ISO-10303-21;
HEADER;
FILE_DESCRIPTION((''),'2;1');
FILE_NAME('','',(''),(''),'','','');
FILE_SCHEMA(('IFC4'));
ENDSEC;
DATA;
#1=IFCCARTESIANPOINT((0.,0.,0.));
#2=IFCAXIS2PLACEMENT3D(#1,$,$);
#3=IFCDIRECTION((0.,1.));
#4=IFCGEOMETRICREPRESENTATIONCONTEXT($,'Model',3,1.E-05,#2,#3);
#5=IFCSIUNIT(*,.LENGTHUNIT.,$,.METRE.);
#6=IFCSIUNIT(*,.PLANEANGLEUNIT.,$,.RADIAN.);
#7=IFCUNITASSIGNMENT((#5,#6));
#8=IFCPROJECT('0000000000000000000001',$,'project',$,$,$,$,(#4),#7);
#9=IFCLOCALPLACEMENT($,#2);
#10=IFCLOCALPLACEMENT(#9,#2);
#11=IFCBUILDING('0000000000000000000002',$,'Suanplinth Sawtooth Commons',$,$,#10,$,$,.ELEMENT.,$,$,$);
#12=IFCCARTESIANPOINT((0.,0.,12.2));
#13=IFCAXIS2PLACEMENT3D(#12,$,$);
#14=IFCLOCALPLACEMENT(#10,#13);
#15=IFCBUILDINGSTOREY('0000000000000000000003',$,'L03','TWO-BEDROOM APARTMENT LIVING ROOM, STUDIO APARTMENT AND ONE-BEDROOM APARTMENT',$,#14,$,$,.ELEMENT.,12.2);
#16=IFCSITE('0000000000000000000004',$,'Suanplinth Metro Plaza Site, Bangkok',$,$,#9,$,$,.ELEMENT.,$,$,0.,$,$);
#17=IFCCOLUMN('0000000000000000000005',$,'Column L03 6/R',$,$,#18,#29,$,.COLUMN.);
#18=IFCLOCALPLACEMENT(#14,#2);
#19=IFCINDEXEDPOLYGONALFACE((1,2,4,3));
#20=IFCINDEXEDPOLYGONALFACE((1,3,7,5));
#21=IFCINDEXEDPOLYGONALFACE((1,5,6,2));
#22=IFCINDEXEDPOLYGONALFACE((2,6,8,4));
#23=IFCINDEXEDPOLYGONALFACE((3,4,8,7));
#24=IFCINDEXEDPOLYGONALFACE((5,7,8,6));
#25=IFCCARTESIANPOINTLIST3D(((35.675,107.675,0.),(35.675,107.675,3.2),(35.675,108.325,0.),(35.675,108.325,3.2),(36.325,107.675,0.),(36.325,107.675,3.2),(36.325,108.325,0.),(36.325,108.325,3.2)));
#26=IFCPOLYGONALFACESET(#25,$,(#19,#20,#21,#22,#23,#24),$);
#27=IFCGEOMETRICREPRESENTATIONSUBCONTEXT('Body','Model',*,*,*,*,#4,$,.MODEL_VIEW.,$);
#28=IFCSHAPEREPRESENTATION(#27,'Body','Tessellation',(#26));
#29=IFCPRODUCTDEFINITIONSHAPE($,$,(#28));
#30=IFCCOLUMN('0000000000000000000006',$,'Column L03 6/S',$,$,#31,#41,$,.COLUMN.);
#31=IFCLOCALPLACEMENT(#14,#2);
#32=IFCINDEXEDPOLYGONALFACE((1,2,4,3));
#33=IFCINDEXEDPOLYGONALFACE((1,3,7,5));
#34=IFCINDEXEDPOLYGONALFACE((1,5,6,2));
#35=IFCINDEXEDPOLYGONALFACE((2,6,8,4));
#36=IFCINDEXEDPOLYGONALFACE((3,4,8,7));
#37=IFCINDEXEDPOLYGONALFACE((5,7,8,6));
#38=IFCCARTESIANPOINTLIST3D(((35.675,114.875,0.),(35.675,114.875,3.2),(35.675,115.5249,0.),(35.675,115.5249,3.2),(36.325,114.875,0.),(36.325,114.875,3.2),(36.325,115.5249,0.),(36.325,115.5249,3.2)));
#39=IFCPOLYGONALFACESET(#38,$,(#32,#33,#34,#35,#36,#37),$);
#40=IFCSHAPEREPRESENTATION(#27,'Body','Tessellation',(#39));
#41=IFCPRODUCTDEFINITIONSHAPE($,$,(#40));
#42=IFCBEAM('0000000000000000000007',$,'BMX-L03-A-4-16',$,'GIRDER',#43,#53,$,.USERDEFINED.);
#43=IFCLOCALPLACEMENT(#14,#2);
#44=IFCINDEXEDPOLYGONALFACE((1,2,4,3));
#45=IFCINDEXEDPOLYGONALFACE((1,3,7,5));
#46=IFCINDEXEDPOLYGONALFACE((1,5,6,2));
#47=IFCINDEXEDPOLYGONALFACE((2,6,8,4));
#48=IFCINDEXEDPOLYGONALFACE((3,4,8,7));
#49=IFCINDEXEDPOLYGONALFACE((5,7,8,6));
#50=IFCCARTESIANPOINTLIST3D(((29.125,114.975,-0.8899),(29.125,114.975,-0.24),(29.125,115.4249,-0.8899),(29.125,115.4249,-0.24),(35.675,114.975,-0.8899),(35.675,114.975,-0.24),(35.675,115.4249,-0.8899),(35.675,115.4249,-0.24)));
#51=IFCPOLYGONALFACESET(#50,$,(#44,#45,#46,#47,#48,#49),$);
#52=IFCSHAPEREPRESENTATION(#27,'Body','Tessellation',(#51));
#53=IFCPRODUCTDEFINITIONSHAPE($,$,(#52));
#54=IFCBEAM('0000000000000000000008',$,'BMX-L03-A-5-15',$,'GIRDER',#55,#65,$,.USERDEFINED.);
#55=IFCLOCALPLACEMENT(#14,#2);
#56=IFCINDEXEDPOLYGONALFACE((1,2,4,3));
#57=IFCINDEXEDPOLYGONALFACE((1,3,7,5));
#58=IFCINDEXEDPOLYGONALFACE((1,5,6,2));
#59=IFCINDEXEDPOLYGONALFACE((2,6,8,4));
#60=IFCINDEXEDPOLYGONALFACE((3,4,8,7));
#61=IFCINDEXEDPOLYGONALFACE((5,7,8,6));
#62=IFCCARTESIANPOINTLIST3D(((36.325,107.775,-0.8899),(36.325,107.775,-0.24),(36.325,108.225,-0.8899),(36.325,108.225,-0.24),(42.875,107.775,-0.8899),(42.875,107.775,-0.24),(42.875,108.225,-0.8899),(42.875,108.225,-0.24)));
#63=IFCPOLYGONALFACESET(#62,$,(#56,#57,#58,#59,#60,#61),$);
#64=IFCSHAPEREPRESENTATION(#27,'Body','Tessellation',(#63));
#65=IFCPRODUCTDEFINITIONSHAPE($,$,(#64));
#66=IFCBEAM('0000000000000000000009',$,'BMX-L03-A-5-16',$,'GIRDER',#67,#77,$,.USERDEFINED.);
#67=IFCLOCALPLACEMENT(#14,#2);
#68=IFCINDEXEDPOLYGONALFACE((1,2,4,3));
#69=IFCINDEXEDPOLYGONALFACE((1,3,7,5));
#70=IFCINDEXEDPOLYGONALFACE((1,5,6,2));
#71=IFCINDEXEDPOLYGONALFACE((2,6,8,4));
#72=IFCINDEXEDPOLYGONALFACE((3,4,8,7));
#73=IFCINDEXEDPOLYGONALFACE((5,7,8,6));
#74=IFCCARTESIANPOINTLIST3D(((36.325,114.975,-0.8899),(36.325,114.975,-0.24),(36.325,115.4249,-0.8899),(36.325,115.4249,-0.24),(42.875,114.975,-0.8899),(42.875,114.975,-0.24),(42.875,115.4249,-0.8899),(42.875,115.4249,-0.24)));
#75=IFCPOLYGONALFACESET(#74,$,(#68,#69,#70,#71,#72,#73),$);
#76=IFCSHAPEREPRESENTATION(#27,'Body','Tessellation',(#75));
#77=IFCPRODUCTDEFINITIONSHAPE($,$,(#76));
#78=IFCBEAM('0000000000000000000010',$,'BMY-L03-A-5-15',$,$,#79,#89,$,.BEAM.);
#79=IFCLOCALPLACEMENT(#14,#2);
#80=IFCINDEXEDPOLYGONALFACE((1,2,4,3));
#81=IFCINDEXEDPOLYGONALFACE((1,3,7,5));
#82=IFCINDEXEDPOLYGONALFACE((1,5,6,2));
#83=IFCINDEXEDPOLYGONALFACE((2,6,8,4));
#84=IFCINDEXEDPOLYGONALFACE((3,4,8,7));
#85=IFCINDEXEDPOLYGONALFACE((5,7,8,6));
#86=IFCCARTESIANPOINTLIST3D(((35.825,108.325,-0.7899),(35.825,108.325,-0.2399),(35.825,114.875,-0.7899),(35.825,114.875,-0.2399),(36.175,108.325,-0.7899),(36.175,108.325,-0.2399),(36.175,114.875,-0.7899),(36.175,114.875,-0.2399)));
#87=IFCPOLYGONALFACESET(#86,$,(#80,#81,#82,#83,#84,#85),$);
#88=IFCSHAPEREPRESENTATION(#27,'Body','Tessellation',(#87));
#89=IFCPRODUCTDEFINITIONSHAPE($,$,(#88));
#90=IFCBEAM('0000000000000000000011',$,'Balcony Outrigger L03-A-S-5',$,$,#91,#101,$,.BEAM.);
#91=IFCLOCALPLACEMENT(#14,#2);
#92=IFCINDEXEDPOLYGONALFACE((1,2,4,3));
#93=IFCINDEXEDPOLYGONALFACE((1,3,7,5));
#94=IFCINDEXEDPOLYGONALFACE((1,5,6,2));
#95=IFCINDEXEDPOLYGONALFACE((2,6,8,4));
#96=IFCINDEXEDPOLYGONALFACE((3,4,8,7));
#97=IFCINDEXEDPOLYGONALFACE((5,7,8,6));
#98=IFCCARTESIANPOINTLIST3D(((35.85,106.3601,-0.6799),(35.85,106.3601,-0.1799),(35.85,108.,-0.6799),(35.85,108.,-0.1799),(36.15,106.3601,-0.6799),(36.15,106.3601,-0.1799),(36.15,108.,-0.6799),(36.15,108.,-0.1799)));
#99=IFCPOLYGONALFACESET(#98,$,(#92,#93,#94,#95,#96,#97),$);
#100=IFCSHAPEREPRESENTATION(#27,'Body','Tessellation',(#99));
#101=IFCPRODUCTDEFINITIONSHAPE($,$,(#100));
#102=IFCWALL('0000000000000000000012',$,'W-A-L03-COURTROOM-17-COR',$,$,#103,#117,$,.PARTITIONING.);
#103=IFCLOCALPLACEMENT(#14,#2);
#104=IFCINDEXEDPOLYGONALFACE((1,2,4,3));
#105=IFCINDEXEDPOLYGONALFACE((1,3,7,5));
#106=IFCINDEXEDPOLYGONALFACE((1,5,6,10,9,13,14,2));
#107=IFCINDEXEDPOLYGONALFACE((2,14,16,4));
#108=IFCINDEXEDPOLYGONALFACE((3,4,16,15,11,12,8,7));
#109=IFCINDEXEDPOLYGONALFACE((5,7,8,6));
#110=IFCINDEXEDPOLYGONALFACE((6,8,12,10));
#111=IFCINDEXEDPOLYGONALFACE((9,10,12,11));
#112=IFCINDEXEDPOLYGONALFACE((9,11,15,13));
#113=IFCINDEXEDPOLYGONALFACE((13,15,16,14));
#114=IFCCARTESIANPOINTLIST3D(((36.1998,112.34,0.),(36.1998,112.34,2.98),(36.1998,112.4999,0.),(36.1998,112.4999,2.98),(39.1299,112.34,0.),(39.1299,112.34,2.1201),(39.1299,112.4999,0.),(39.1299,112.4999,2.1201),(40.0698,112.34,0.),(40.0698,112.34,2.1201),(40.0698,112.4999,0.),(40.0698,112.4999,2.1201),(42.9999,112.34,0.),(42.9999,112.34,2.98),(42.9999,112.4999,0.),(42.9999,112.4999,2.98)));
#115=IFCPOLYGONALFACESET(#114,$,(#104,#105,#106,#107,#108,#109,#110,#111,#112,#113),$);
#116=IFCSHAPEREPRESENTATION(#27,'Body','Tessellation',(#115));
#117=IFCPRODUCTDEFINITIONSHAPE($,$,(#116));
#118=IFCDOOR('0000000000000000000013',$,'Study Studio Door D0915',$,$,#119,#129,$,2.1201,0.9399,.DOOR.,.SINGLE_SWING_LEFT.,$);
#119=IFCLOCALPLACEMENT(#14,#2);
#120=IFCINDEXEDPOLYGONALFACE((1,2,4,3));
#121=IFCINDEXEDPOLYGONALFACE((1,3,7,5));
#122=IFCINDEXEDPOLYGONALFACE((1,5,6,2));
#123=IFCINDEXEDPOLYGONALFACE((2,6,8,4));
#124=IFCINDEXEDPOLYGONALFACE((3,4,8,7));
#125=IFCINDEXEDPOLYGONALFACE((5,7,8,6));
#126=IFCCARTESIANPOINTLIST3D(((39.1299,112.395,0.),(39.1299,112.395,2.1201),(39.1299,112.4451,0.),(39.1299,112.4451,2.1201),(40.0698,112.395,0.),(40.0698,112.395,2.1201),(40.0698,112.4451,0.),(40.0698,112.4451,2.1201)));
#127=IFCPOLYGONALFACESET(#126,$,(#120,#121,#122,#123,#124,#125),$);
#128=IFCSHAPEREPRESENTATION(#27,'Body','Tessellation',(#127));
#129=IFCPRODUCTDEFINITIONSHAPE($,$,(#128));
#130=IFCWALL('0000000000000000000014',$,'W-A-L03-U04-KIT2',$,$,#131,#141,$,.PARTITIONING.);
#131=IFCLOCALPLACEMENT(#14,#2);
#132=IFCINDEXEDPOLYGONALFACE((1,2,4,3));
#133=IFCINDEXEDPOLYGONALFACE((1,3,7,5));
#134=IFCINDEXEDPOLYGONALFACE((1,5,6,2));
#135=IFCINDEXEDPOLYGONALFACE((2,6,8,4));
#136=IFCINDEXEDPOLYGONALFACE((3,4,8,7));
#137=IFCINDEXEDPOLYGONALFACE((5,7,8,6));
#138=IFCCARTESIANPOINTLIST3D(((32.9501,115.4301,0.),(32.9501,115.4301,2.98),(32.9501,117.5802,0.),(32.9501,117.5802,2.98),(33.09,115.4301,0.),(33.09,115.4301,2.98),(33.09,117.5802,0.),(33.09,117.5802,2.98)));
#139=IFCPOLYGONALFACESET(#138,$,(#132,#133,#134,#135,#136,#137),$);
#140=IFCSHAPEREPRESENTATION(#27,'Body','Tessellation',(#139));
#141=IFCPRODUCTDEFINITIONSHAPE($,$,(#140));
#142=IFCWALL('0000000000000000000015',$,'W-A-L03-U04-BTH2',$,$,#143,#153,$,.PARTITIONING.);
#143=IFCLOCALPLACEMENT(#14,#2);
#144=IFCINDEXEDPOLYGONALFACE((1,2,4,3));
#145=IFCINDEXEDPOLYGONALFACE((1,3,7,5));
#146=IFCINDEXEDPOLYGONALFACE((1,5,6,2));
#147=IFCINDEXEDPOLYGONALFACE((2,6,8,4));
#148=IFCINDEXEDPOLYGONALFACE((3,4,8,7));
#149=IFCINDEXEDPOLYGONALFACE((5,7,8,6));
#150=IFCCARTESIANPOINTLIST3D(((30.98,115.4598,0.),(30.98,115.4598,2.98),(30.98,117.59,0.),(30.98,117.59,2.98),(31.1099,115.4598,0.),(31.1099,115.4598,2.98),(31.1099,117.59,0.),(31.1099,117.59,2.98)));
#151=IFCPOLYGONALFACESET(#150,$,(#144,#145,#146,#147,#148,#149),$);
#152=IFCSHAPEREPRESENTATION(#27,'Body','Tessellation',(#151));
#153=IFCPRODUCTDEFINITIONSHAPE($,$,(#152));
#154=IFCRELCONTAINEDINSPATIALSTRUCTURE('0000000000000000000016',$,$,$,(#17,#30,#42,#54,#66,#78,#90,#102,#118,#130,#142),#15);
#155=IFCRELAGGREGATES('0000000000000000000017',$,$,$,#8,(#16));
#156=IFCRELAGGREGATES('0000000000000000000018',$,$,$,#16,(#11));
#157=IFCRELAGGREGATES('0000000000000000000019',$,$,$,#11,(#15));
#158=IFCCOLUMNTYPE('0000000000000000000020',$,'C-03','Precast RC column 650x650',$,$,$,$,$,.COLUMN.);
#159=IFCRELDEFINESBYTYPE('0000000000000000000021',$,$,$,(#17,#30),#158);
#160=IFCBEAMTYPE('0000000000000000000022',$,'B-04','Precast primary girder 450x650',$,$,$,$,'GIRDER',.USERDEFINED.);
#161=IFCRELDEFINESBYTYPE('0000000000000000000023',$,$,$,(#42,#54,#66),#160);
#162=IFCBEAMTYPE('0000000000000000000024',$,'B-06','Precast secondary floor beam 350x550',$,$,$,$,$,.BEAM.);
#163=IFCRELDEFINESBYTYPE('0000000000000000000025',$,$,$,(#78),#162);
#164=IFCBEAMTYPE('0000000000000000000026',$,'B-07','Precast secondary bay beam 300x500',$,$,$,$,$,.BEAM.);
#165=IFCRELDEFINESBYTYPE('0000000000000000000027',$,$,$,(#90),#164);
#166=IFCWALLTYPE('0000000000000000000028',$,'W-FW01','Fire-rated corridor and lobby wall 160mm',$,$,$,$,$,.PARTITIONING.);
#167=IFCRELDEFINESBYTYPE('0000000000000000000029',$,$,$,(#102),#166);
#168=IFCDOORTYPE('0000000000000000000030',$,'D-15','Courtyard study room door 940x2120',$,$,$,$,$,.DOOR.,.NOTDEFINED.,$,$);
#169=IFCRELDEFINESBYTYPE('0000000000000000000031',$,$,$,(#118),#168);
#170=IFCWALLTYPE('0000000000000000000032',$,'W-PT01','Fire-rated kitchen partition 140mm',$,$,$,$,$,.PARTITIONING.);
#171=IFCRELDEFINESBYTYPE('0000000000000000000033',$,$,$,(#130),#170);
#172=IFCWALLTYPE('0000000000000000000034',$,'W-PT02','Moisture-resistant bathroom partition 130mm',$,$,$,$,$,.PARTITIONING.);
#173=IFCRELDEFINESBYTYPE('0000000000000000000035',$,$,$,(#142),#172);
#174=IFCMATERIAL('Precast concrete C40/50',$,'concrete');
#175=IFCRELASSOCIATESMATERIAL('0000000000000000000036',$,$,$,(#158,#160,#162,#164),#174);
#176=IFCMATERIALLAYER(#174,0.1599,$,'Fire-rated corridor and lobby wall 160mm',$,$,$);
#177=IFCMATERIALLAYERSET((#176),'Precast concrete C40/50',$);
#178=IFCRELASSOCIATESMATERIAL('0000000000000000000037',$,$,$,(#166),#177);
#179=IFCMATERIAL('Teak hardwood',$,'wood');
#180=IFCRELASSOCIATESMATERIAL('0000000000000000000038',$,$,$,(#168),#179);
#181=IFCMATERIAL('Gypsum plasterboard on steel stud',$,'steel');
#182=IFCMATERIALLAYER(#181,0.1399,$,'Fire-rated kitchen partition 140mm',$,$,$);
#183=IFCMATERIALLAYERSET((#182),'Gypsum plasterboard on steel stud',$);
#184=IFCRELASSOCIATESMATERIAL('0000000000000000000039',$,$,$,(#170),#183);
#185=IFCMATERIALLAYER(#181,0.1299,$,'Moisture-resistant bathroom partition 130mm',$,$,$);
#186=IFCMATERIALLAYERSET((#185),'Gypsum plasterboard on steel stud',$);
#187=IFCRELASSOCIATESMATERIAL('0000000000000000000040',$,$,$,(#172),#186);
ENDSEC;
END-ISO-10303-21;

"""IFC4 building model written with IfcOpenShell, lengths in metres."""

from ifc_helpers import new_model, si_unit, direction, frame, frame_2d, origin, origin_2d, place, context, subcontext, project, spatial, rectangle, extrude, material, layer, layer_set, material_profile, profile_set, type_object, element, fill, save


model = new_model("IFC4")

# Units and contexts
model_context = context("Model", 3, precision=1e-05, world=origin(), true_north=direction((0.0, 1.0)))
body_context = subcontext(model_context, "Body", "Model", "MODEL_VIEW")
ifc_project = project(units=[si_unit("LENGTHUNIT", "METRE"), si_unit("PLANEANGLEUNIT", "RADIAN")], contexts=[model_context])

# Site, building, storey
site_placement = place(None, origin())
site = spatial("IfcSite", under=ifc_project, at=site_placement, Name="Suanplinth Metro Plaza Site, Bangkok", CompositionType="ELEMENT", RefElevation=0.0)
building_placement = place(site_placement, origin())
building = spatial("IfcBuilding", under=site, at=building_placement, Name="Suanplinth Sawtooth Commons", CompositionType="ELEMENT")
storey_placement = place(building_placement, frame((0.0, 0.0, 12.2)))
storey = spatial("IfcBuildingStorey", under=building, at=storey_placement, Name="L03", Description="TWO-BEDROOM APARTMENT LIVING ROOM, STUDIO APARTMENT AND ONE-BEDROOM APARTMENT", CompositionType="ELEMENT", Elevation=12.2)

# Columns
ifc_material_1 = material(Name="Precast concrete C40/50", Category="concrete")
ifc_material_profile_1 = material_profile(ifc_material_1, rectangle(XDim=0.6499, YDim=0.6499, at=origin_2d()), Name="PC-COL 650x650")
ifc_profile_set_1 = profile_set([ifc_material_profile_1], Name="Precast concrete C40/50")
column_type = type_object("IfcColumnType", Name="C-03", Description="Precast RC column 650x650", PredefinedType="COLUMN", material=ifc_profile_set_1)
for number, where, z_axis, x_axis, name in (
    (1, (36.0, 108.0, 0.0), (0.0, 0.0, 1.0), (1.0, 0.0, 0.0), "Column L03 6/R"),
    (2, (36.0, 115.2, 0.0), (0.0, 0.0, 1.0), (1.0, 0.0, 0.0), "Column L03 6/S"),
):
    element("IfcColumn", number, at=place(storey_placement, frame(where, z_axis=z_axis, x_axis=x_axis)), inside=storey, type_object=column_type, Name=name, PredefinedType="COLUMN", context=body_context, shape_type="SweptSolid", body=[
        extrude(rectangle(XDim=0.6499, YDim=0.6499, at=origin_2d()), origin(), (0.0, 0.0, 1.0), 3.2),
    ])

# Beams
ifc_material_profile_2 = material_profile(ifc_material_1, rectangle(XDim=0.45, YDim=0.6499, at=origin_2d()), Name="PC-GDR 450x650")
ifc_profile_set_2 = profile_set([ifc_material_profile_2], Name="Precast concrete C40/50")
beam_type_1 = type_object("IfcBeamType", Name="B-04", Description="Precast primary girder 450x650", ElementType="GIRDER", PredefinedType="USERDEFINED", material=ifc_profile_set_2)
for number, where, z_axis, x_axis, name in (
    (3, (29.125, 115.2, -0.5649), (1.0, 0.0, 0.0), (0.0, 1.0, 0.0), "BMX-L03-A-4-16"),
    (4, (36.325, 108.0, -0.5649), (1.0, 0.0, 0.0), (0.0, 1.0, 0.0), "BMX-L03-A-5-15"),
    (5, (36.325, 115.2, -0.5649), (1.0, 0.0, 0.0), (0.0, 1.0, 0.0), "BMX-L03-A-5-16"),
):
    element("IfcBeam", number, at=place(storey_placement, frame(where, z_axis=z_axis, x_axis=x_axis)), inside=storey, type_object=beam_type_1, Name=name, ObjectType="GIRDER", PredefinedType="USERDEFINED", context=body_context, shape_type="SweptSolid", body=[
        extrude(rectangle(XDim=0.45, YDim=0.6499, at=origin_2d()), origin(), (0.0, 0.0, 1.0), 6.55),
    ])
ifc_material_profile_3 = material_profile(ifc_material_1, rectangle(XDim=0.3501, YDim=0.55, at=origin_2d()), Name="PC-BM 350x550")
ifc_profile_set_3 = profile_set([ifc_material_profile_3], Name="Precast concrete C40/50")
beam_type_2 = type_object("IfcBeamType", Name="B-06", Description="Precast secondary floor beam 350x550", PredefinedType="BEAM", material=ifc_profile_set_3)
beam_1_placement = place(storey_placement, frame((36.0, 108.325, -0.5149), z_axis=(0.0, 1.0, 0.0), x_axis=(-1.0, 0.0, 0.0)))
element("IfcBeam", 6, at=beam_1_placement, inside=storey, type_object=beam_type_2, Name="BMY-L03-A-5-15", PredefinedType="BEAM", context=body_context, shape_type="SweptSolid", body=[
    extrude(rectangle(XDim=0.3501, YDim=0.55, at=origin_2d()), origin(), (0.0, 0.0, 1.0), 6.55),
])
ifc_material_profile_4 = material_profile(ifc_material_1, rectangle(XDim=0.3, YDim=0.5, at=origin_2d()), Name="PC-BM 300x500")
ifc_profile_set_4 = profile_set([ifc_material_profile_4], Name="Precast concrete C40/50")
beam_type_3 = type_object("IfcBeamType", Name="B-07", Description="Precast secondary bay beam 300x500", PredefinedType="BEAM", material=ifc_profile_set_4)
beam_2_placement = place(storey_placement, frame((36.0, 108.0, -0.4299), z_axis=(0.0, -1.0, 0.0), x_axis=(1.0, 0.0, 0.0)))
element("IfcBeam", 7, at=beam_2_placement, inside=storey, type_object=beam_type_3, Name="Balcony Outrigger L03-A-S-5", PredefinedType="BEAM", context=body_context, shape_type="SweptSolid", body=[
    extrude(rectangle(XDim=0.3, YDim=0.5, at=origin_2d()), origin(), (0.0, 0.0, 1.0), 1.6399),
])

# Wall, opening, door
ifc_layer_1 = layer(ifc_material_1, 0.1599, Name="Fire-rated corridor and lobby wall 160mm")
ifc_layer_set_1 = layer_set([ifc_layer_1], Name="Precast concrete C40/50")
wall_type_1 = type_object("IfcWallType", Name="W-FW01", Description="Fire-rated corridor and lobby wall 160mm", PredefinedType="PARTITIONING", material=ifc_layer_set_1)
wall_1_placement = place(storey_placement, frame((36.2, 112.4199, 0.0), z_axis=(0.0, 0.0, 1.0), x_axis=(1.0, 0.0, 0.0)))
wall_1 = element("IfcWall", 8, at=wall_1_placement, inside=storey, type_object=wall_type_1, Name="W-A-L03-COURTROOM-17-COR", PredefinedType="PARTITIONING", context=body_context, shape_type="SweptSolid", body=[
    extrude(rectangle(XDim=6.8, YDim=0.1599, at=frame_2d((3.3999, 0.0))), origin(), (0.0, 0.0, 1.0), 2.98),
])
opening_1_placement = place(wall_1_placement, frame((2.9299, 0.0, 0.0)))
opening_1 = element("IfcOpeningElement", 9, at=opening_1_placement, cuts=wall_1, PredefinedType="OPENING", context=body_context, shape_type="SweptSolid", body=[
    extrude(rectangle(XDim=0.9399, YDim=2.1201, at=frame_2d((0.47, 1.0601))), frame((0.0, 0.0947, 0.0), z_axis=(0.0, -1.0, 0.0), x_axis=(1.0, 0.0, 0.0)), (0.0, 0.0, 1.0), 0.1897),
])
ifc_material_2 = material(Name="Teak hardwood", Category="wood")
door_type_1 = type_object("IfcDoorType", Name="D-15", Description="Courtyard study room door 940x2120", OperationType="NOTDEFINED", PredefinedType="DOOR", material=ifc_material_2)
door_1_placement = place(opening_1_placement, frame((0.9399, 0.0, 0.0), z_axis=(0.0, 0.0, 1.0), x_axis=(-1.0, 0.0, 0.0)))
door_1 = element("IfcDoor", 10, at=door_1_placement, inside=storey, type_object=door_type_1, Name="Study Studio Door D0915", OperationType="SINGLE_SWING_LEFT", OverallHeight=2.1201, OverallWidth=0.9399, PredefinedType="DOOR", context=body_context, shape_type="SweptSolid", body=[
    extrude(rectangle(XDim=0.9399, YDim=2.1201, at=frame_2d((0.47, 1.0601))), frame((0.0, 0.0249, 0.0), z_axis=(0.0, -1.0, 0.0), x_axis=(1.0, 0.0, 0.0)), (0.0, 0.0, 1.0), 0.05),
])
fill(opening_1, door_1)

# Walls
ifc_material_3 = material(Name="Gypsum plasterboard on steel stud", Category="steel")
ifc_layer_2 = layer(ifc_material_3, 0.1399, Name="Fire-rated kitchen partition 140mm")
ifc_layer_set_2 = layer_set([ifc_layer_2], Name="Gypsum plasterboard on steel stud")
wall_type_2 = type_object("IfcWallType", Name="W-PT01", Description="Fire-rated kitchen partition 140mm", PredefinedType="PARTITIONING", material=ifc_layer_set_2)
wall_2_placement = place(storey_placement, frame((33.02, 115.4299, 0.0), z_axis=(0.0, 0.0, 1.0), x_axis=(0.0, 1.0, 0.0)))
element("IfcWall", 11, at=wall_2_placement, inside=storey, type_object=wall_type_2, Name="W-A-L03-U04-KIT2", PredefinedType="PARTITIONING", context=body_context, shape_type="SweptSolid", body=[
    extrude(rectangle(XDim=2.1501, YDim=0.1399, at=frame_2d((1.0752, 0.0))), origin(), (0.0, 0.0, 1.0), 2.98),
])
ifc_layer_3 = layer(ifc_material_3, 0.1299, Name="Moisture-resistant bathroom partition 130mm")
ifc_layer_set_3 = layer_set([ifc_layer_3], Name="Gypsum plasterboard on steel stud")
wall_type_3 = type_object("IfcWallType", Name="W-PT02", Description="Moisture-resistant bathroom partition 130mm", PredefinedType="PARTITIONING", material=ifc_layer_set_3)
wall_3_placement = place(storey_placement, frame((31.0449, 115.46, 0.0), z_axis=(0.0, 0.0, 1.0), x_axis=(0.0, 1.0, 0.0)))
element("IfcWall", 12, at=wall_3_placement, inside=storey, type_object=wall_type_3, Name="W-A-L03-U04-BTH2", PredefinedType="PARTITIONING", context=body_context, shape_type="SweptSolid", body=[
    extrude(rectangle(XDim=2.1301, YDim=0.1299, at=frame_2d((1.0649, 0.0))), origin(), (0.0, 0.0, 1.0), 2.98),
])

save(model, "model.ifc")
